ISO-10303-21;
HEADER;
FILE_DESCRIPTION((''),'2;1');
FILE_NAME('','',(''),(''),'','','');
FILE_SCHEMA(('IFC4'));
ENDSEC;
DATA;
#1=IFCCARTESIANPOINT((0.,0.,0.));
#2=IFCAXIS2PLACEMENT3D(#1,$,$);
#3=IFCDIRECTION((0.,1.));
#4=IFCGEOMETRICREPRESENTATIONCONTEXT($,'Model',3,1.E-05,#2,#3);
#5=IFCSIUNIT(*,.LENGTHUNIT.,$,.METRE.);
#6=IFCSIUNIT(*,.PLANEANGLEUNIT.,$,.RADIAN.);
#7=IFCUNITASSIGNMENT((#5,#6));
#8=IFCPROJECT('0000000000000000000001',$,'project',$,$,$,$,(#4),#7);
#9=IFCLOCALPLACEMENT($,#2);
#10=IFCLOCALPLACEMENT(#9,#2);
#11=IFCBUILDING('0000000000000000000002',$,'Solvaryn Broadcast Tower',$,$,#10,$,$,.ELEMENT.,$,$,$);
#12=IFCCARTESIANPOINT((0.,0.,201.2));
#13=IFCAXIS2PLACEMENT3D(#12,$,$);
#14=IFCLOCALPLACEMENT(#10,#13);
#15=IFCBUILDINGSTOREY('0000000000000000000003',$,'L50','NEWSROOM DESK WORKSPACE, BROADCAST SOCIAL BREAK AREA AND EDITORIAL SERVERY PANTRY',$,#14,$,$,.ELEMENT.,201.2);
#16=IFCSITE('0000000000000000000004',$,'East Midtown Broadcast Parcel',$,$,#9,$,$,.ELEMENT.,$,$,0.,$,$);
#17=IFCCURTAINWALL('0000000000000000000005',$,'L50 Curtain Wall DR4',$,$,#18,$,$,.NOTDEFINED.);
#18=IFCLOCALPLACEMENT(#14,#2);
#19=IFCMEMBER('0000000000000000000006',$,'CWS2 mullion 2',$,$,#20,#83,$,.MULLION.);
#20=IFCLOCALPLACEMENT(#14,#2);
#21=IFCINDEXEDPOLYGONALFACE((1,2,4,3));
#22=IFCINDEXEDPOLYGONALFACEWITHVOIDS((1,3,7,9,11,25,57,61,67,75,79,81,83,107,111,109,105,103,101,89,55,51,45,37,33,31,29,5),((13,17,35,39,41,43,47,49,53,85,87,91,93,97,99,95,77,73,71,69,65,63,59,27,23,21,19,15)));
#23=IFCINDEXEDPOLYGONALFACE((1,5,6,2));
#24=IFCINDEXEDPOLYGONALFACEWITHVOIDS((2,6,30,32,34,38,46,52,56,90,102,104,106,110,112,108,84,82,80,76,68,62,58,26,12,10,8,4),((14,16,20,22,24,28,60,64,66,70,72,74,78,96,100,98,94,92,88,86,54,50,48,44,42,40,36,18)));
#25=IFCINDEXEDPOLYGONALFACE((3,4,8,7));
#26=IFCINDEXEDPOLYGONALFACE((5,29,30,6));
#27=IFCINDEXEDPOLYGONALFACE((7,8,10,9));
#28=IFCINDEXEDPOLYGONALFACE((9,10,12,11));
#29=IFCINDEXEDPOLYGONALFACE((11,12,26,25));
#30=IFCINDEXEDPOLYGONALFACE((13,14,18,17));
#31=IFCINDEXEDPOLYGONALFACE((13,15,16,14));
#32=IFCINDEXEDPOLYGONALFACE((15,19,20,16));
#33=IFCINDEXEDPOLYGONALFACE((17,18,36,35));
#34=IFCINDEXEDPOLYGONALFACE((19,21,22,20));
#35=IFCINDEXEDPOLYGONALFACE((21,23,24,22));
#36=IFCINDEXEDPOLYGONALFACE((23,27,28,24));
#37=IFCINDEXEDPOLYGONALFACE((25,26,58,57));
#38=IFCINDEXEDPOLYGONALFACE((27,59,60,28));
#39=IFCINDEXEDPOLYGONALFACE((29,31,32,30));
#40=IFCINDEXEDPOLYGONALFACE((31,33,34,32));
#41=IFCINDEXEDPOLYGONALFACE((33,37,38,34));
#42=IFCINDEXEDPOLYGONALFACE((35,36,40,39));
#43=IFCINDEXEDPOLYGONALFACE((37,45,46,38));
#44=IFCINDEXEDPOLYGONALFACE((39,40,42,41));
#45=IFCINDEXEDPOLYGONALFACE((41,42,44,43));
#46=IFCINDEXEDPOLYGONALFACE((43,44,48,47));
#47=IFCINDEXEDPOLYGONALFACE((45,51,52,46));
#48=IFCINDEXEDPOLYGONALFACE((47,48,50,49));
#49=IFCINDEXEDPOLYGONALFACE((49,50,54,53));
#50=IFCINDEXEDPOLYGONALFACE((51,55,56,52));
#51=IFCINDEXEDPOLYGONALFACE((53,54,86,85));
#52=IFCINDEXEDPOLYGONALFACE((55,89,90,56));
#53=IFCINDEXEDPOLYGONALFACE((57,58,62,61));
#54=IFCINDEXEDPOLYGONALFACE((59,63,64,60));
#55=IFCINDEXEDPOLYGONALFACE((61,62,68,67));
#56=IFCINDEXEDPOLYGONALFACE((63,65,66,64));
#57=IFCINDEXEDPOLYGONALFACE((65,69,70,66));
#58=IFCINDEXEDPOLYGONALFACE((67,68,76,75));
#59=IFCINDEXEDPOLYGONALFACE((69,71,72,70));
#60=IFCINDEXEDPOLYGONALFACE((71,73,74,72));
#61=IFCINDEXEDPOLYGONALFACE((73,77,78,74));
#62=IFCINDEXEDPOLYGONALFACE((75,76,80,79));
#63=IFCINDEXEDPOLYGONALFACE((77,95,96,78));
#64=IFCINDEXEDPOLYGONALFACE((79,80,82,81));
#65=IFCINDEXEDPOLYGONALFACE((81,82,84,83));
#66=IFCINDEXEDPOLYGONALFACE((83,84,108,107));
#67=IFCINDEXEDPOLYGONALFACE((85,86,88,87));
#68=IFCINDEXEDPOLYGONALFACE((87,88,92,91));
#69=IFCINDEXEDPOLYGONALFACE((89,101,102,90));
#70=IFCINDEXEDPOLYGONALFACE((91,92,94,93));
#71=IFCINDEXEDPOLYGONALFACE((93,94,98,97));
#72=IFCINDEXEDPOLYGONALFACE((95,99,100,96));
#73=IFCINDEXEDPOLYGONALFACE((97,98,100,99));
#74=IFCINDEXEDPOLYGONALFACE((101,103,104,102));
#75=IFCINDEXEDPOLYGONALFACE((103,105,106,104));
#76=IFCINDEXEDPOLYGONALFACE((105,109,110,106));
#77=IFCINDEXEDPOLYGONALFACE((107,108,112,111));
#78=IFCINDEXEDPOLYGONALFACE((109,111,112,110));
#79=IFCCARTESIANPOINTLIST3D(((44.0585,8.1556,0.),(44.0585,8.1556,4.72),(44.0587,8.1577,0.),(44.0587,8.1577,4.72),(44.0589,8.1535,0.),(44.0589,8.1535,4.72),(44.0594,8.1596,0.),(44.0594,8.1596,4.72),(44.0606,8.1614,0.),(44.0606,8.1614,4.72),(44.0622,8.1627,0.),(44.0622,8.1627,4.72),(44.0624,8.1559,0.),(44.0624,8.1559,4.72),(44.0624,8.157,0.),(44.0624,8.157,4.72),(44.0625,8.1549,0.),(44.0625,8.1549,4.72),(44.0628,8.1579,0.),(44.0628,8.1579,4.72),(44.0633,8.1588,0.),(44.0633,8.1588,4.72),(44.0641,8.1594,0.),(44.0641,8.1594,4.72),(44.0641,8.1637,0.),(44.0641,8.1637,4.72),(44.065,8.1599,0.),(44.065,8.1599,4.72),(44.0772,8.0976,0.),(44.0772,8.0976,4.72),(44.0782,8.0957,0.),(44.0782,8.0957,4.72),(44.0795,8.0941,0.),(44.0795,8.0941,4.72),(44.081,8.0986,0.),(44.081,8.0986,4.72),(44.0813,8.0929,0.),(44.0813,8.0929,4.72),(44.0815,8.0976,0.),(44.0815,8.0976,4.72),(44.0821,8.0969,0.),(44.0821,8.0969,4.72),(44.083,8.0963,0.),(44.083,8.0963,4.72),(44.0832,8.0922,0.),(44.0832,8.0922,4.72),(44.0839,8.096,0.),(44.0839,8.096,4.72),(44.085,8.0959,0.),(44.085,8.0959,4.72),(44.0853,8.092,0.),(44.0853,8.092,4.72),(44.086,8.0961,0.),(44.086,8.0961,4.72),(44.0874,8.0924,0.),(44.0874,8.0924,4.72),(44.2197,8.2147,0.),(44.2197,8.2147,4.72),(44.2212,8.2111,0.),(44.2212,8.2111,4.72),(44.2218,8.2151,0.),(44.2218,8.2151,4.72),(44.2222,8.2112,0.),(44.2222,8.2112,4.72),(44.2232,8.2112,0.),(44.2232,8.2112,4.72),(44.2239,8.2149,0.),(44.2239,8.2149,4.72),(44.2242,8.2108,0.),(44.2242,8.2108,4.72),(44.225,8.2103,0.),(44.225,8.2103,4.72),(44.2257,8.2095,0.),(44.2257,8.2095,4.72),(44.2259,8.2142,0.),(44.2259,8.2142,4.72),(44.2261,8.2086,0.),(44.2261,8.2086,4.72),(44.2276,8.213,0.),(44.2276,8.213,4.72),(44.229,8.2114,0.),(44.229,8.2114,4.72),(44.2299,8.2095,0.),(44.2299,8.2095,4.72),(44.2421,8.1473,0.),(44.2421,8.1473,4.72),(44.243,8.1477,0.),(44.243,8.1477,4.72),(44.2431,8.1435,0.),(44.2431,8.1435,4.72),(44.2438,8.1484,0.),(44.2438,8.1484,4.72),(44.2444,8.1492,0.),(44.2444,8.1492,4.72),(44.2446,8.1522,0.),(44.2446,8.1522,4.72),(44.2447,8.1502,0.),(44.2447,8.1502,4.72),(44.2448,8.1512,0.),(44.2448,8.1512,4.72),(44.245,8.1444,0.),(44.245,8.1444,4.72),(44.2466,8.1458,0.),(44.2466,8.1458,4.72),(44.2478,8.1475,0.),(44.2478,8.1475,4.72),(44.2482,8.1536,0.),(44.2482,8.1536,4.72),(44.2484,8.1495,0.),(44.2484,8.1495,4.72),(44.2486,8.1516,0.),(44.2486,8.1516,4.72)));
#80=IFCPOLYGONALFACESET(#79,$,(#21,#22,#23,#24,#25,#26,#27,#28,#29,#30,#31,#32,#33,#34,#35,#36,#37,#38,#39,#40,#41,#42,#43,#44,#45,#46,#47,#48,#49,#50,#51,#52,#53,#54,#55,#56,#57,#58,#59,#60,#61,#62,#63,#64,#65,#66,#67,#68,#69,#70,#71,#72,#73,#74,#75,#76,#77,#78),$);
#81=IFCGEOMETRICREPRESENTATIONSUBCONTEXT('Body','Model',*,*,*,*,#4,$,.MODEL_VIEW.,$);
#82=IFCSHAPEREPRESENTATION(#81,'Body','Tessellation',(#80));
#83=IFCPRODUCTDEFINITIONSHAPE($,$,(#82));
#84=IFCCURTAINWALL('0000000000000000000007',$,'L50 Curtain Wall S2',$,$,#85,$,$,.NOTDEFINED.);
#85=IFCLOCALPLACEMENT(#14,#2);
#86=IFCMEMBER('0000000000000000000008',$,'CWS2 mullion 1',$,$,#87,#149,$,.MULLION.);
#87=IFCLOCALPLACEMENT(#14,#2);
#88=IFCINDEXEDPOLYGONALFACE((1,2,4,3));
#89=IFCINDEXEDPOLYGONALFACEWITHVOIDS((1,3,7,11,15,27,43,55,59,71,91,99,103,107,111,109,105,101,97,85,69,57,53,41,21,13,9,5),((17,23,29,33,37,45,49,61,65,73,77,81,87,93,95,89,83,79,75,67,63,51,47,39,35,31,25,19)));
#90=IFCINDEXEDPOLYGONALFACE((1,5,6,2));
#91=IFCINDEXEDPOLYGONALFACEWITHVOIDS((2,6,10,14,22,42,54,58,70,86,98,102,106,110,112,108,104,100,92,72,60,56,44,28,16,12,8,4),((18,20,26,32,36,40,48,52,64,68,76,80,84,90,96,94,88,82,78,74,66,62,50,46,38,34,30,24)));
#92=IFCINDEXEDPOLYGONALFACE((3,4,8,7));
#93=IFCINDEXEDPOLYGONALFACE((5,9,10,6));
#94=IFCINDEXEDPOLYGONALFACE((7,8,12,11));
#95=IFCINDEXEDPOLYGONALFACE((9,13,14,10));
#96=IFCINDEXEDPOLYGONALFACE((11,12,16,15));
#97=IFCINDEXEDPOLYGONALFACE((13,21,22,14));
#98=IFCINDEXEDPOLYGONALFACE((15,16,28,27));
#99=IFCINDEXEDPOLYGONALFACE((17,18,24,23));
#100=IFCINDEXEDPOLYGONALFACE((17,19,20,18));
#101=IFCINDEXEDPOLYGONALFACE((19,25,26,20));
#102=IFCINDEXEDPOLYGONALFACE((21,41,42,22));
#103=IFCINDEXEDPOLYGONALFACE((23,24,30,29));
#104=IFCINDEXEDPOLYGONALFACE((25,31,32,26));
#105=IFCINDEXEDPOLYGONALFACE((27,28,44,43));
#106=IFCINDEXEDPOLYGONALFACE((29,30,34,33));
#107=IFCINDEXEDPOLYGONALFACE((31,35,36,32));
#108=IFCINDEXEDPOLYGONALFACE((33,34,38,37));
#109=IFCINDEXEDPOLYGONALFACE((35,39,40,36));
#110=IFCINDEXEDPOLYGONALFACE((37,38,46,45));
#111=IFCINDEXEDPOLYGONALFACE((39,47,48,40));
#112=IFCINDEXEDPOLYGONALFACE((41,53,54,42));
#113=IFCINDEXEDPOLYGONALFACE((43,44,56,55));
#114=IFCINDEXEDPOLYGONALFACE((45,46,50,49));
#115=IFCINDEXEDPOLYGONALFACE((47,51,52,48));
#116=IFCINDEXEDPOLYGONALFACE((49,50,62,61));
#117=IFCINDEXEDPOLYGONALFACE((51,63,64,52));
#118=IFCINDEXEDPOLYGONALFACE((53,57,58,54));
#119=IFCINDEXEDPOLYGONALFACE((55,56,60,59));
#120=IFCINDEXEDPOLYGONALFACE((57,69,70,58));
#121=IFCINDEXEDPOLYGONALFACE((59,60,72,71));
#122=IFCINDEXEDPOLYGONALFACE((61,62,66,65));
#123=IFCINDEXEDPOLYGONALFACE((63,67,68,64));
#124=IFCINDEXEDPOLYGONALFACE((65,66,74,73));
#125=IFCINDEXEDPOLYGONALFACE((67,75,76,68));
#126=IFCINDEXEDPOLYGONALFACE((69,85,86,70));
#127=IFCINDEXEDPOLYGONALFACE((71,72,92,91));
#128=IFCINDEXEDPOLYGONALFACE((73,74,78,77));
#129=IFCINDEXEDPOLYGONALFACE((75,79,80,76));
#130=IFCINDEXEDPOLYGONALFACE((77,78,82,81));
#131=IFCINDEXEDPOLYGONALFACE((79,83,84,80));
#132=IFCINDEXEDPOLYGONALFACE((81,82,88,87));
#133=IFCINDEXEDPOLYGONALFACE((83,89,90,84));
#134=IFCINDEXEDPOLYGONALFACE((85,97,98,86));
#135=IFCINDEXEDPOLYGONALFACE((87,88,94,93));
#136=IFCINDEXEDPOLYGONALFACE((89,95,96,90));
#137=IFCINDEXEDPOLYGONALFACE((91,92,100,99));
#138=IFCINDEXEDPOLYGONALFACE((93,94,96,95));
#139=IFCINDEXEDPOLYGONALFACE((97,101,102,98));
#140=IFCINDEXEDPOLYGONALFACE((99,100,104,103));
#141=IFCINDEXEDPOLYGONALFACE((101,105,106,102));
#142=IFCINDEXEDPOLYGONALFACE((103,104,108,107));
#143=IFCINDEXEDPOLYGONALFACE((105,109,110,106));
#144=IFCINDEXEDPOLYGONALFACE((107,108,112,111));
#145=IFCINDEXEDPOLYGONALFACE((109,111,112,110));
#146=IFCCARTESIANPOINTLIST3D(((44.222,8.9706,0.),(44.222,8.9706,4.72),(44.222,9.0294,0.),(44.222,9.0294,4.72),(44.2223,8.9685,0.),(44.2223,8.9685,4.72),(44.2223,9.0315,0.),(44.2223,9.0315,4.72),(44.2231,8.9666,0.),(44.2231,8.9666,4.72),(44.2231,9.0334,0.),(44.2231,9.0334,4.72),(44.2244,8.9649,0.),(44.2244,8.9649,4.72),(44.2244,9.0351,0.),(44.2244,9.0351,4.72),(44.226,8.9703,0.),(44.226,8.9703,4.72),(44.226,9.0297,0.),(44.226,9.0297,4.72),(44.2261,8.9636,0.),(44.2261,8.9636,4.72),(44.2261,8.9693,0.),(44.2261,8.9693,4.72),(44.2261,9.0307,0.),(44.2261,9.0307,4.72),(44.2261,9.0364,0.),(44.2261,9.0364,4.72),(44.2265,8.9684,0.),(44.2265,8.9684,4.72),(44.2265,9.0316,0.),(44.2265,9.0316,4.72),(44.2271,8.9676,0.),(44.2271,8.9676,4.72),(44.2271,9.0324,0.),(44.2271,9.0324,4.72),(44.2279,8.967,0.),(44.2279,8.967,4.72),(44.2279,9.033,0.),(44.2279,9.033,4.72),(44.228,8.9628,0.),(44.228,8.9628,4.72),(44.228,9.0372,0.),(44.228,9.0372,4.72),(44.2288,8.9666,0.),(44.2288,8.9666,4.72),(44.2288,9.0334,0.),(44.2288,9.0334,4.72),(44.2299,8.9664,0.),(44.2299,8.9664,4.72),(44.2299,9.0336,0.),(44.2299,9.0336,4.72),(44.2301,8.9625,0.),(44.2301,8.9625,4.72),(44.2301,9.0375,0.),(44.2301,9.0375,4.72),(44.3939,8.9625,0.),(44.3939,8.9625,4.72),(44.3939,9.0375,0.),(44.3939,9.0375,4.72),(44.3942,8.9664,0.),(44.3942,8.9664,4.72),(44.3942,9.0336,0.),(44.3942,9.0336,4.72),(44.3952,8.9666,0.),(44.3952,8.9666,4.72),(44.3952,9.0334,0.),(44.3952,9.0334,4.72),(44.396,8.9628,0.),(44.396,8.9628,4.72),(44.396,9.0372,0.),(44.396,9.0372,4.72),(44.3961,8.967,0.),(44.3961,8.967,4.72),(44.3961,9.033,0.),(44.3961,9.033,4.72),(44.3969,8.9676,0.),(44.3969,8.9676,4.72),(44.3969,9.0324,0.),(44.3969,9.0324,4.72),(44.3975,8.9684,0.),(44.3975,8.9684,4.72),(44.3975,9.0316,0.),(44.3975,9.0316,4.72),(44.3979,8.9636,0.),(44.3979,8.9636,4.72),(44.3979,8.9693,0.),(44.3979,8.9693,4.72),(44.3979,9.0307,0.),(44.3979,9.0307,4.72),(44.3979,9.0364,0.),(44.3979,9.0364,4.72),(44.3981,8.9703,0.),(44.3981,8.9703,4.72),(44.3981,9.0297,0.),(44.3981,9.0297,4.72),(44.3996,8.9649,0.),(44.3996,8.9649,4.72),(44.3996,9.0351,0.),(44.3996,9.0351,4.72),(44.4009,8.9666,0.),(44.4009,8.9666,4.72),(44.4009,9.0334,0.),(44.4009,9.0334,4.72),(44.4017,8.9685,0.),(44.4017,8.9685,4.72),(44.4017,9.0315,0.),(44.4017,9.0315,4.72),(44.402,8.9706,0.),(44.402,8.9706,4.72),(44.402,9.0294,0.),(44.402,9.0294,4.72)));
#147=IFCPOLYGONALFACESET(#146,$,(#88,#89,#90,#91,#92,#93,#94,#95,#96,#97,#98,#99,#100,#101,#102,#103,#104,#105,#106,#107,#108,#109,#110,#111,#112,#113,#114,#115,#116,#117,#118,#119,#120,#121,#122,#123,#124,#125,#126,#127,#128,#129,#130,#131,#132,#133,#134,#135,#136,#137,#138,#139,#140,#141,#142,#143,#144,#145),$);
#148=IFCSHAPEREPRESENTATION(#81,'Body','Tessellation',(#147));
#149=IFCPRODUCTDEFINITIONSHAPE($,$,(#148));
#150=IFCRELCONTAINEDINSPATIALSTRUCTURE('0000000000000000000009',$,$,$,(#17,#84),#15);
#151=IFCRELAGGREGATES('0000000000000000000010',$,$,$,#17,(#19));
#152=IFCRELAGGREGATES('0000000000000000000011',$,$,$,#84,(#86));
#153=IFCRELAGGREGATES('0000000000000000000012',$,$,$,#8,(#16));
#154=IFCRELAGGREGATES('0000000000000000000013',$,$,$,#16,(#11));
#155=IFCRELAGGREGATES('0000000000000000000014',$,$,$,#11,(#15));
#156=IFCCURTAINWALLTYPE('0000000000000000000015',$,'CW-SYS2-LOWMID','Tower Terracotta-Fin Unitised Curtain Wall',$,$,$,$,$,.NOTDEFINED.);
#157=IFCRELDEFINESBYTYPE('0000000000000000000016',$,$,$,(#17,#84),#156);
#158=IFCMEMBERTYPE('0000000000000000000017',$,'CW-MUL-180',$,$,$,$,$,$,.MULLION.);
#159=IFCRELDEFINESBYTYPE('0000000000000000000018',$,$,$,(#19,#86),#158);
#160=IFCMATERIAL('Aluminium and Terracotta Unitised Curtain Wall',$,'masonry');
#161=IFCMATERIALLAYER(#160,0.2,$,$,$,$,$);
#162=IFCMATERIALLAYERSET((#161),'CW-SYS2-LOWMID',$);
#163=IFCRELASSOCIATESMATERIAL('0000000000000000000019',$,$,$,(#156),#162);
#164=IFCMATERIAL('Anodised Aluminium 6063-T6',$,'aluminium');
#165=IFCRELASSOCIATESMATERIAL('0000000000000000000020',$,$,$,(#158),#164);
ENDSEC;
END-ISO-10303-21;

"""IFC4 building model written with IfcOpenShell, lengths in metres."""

from ifc_helpers import new_model, si_unit, direction, frame, origin, origin_2d, place, context, subcontext, project, spatial, hollow_rectangle, extrude, material, layer, layer_set, material_profile, profile_set, type_object, element, aggregate, save


model = new_model("IFC4")

# Units and contexts
model_context = context("Model", 3, precision=1e-05, world=origin(), true_north=direction((0.0, 1.0)))
body_context = subcontext(model_context, "Body", "Model", "MODEL_VIEW")
ifc_project = project(units=[si_unit("LENGTHUNIT", "METRE"), si_unit("PLANEANGLEUNIT", "RADIAN")], contexts=[model_context])

# Site, building, storey
site_placement = place(None, origin())
site = spatial("IfcSite", under=ifc_project, at=site_placement, Name="East Midtown Broadcast Parcel", CompositionType="ELEMENT", RefElevation=0.0)
building_placement = place(site_placement, origin())
building = spatial("IfcBuilding", under=site, at=building_placement, Name="Solvaryn Broadcast Tower", CompositionType="ELEMENT")
storey_placement = place(building_placement, frame((0.0, 0.0, 201.2)))
storey = spatial("IfcBuildingStorey", under=building, at=storey_placement, Name="L50", Description="NEWSROOM DESK WORKSPACE, BROADCAST SOCIAL BREAK AREA AND EDITORIAL SERVERY PANTRY", CompositionType="ELEMENT", Elevation=201.2)

# Curtain wall, member
ifc_material_1 = material(Name="Aluminium and Terracotta Unitised Curtain Wall", Category="masonry")
ifc_layer_1 = layer(ifc_material_1, 0.2)
ifc_layer_set_1 = layer_set([ifc_layer_1], Name="CW-SYS2-LOWMID")
curtain_wall_type = type_object("IfcCurtainWallType", Name="CW-SYS2-LOWMID", Description="Tower Terracotta-Fin Unitised Curtain Wall", PredefinedType="NOTDEFINED", material=ifc_layer_set_1)
curtain_wall_1_placement = place(storey_placement, origin())
curtain_wall_1 = element("IfcCurtainWall", 1, at=curtain_wall_1_placement, inside=storey, type_object=curtain_wall_type, Name="L50 Curtain Wall DR4", PredefinedType="NOTDEFINED")
ifc_material_2 = material(Name="Anodised Aluminium 6063-T6", Category="aluminium")
ifc_material_profile_1 = material_profile(ifc_material_2, hollow_rectangle(XDim=0.075, YDim=0.1799, WallThickness=0.0039, InnerFilletRadius=0.0039, OuterFilletRadius=0.0081, at=origin_2d()))
ifc_profile_set_1 = profile_set([ifc_material_profile_1], Name="Anodised Aluminium 6063-T6")
member_type_1 = type_object("IfcMemberType", Name="CW-MUL-180", PredefinedType="MULLION", material=ifc_profile_set_1)
member_1_placement = place(storey_placement, frame((44.1536, 8.1536, 0.0), z_axis=(0.0, 0.0, 1.0), x_axis=(-0.311559, 0.950227, 0.0)))
member_1 = element("IfcMember", 2, at=member_1_placement, type_object=member_type_1, Name="CWS2 mullion 2", PredefinedType="MULLION", context=body_context, shape_type="SweptSolid", body=[
    extrude(hollow_rectangle(XDim=0.075, YDim=0.1799, WallThickness=0.0039, InnerFilletRadius=0.0039, OuterFilletRadius=0.0081, at=origin_2d()), origin(), (0.0, 0.0, 1.0), 4.72),
])
aggregate(curtain_wall_1, [member_1])

# Curtain wall, member
curtain_wall_2_placement = place(storey_placement, origin())
curtain_wall_2 = element("IfcCurtainWall", 3, at=curtain_wall_2_placement, inside=storey, type_object=curtain_wall_type, Name="L50 Curtain Wall S2", PredefinedType="NOTDEFINED")
member_2_placement = place(storey_placement, frame((44.312, 9.0, 0.0), z_axis=(0.0, 0.0, 1.0), x_axis=(0.0, 1.0, 0.0)))
member_2 = element("IfcMember", 4, at=member_2_placement, type_object=member_type_1, Name="CWS2 mullion 1", PredefinedType="MULLION", context=body_context, shape_type="SweptSolid", body=[
    extrude(hollow_rectangle(XDim=0.075, YDim=0.1799, WallThickness=0.0039, InnerFilletRadius=0.0039, OuterFilletRadius=0.0081, at=origin_2d()), origin(), (0.0, 0.0, 1.0), 4.72),
])
aggregate(curtain_wall_2, [member_2])

save(model, "model.ifc")
